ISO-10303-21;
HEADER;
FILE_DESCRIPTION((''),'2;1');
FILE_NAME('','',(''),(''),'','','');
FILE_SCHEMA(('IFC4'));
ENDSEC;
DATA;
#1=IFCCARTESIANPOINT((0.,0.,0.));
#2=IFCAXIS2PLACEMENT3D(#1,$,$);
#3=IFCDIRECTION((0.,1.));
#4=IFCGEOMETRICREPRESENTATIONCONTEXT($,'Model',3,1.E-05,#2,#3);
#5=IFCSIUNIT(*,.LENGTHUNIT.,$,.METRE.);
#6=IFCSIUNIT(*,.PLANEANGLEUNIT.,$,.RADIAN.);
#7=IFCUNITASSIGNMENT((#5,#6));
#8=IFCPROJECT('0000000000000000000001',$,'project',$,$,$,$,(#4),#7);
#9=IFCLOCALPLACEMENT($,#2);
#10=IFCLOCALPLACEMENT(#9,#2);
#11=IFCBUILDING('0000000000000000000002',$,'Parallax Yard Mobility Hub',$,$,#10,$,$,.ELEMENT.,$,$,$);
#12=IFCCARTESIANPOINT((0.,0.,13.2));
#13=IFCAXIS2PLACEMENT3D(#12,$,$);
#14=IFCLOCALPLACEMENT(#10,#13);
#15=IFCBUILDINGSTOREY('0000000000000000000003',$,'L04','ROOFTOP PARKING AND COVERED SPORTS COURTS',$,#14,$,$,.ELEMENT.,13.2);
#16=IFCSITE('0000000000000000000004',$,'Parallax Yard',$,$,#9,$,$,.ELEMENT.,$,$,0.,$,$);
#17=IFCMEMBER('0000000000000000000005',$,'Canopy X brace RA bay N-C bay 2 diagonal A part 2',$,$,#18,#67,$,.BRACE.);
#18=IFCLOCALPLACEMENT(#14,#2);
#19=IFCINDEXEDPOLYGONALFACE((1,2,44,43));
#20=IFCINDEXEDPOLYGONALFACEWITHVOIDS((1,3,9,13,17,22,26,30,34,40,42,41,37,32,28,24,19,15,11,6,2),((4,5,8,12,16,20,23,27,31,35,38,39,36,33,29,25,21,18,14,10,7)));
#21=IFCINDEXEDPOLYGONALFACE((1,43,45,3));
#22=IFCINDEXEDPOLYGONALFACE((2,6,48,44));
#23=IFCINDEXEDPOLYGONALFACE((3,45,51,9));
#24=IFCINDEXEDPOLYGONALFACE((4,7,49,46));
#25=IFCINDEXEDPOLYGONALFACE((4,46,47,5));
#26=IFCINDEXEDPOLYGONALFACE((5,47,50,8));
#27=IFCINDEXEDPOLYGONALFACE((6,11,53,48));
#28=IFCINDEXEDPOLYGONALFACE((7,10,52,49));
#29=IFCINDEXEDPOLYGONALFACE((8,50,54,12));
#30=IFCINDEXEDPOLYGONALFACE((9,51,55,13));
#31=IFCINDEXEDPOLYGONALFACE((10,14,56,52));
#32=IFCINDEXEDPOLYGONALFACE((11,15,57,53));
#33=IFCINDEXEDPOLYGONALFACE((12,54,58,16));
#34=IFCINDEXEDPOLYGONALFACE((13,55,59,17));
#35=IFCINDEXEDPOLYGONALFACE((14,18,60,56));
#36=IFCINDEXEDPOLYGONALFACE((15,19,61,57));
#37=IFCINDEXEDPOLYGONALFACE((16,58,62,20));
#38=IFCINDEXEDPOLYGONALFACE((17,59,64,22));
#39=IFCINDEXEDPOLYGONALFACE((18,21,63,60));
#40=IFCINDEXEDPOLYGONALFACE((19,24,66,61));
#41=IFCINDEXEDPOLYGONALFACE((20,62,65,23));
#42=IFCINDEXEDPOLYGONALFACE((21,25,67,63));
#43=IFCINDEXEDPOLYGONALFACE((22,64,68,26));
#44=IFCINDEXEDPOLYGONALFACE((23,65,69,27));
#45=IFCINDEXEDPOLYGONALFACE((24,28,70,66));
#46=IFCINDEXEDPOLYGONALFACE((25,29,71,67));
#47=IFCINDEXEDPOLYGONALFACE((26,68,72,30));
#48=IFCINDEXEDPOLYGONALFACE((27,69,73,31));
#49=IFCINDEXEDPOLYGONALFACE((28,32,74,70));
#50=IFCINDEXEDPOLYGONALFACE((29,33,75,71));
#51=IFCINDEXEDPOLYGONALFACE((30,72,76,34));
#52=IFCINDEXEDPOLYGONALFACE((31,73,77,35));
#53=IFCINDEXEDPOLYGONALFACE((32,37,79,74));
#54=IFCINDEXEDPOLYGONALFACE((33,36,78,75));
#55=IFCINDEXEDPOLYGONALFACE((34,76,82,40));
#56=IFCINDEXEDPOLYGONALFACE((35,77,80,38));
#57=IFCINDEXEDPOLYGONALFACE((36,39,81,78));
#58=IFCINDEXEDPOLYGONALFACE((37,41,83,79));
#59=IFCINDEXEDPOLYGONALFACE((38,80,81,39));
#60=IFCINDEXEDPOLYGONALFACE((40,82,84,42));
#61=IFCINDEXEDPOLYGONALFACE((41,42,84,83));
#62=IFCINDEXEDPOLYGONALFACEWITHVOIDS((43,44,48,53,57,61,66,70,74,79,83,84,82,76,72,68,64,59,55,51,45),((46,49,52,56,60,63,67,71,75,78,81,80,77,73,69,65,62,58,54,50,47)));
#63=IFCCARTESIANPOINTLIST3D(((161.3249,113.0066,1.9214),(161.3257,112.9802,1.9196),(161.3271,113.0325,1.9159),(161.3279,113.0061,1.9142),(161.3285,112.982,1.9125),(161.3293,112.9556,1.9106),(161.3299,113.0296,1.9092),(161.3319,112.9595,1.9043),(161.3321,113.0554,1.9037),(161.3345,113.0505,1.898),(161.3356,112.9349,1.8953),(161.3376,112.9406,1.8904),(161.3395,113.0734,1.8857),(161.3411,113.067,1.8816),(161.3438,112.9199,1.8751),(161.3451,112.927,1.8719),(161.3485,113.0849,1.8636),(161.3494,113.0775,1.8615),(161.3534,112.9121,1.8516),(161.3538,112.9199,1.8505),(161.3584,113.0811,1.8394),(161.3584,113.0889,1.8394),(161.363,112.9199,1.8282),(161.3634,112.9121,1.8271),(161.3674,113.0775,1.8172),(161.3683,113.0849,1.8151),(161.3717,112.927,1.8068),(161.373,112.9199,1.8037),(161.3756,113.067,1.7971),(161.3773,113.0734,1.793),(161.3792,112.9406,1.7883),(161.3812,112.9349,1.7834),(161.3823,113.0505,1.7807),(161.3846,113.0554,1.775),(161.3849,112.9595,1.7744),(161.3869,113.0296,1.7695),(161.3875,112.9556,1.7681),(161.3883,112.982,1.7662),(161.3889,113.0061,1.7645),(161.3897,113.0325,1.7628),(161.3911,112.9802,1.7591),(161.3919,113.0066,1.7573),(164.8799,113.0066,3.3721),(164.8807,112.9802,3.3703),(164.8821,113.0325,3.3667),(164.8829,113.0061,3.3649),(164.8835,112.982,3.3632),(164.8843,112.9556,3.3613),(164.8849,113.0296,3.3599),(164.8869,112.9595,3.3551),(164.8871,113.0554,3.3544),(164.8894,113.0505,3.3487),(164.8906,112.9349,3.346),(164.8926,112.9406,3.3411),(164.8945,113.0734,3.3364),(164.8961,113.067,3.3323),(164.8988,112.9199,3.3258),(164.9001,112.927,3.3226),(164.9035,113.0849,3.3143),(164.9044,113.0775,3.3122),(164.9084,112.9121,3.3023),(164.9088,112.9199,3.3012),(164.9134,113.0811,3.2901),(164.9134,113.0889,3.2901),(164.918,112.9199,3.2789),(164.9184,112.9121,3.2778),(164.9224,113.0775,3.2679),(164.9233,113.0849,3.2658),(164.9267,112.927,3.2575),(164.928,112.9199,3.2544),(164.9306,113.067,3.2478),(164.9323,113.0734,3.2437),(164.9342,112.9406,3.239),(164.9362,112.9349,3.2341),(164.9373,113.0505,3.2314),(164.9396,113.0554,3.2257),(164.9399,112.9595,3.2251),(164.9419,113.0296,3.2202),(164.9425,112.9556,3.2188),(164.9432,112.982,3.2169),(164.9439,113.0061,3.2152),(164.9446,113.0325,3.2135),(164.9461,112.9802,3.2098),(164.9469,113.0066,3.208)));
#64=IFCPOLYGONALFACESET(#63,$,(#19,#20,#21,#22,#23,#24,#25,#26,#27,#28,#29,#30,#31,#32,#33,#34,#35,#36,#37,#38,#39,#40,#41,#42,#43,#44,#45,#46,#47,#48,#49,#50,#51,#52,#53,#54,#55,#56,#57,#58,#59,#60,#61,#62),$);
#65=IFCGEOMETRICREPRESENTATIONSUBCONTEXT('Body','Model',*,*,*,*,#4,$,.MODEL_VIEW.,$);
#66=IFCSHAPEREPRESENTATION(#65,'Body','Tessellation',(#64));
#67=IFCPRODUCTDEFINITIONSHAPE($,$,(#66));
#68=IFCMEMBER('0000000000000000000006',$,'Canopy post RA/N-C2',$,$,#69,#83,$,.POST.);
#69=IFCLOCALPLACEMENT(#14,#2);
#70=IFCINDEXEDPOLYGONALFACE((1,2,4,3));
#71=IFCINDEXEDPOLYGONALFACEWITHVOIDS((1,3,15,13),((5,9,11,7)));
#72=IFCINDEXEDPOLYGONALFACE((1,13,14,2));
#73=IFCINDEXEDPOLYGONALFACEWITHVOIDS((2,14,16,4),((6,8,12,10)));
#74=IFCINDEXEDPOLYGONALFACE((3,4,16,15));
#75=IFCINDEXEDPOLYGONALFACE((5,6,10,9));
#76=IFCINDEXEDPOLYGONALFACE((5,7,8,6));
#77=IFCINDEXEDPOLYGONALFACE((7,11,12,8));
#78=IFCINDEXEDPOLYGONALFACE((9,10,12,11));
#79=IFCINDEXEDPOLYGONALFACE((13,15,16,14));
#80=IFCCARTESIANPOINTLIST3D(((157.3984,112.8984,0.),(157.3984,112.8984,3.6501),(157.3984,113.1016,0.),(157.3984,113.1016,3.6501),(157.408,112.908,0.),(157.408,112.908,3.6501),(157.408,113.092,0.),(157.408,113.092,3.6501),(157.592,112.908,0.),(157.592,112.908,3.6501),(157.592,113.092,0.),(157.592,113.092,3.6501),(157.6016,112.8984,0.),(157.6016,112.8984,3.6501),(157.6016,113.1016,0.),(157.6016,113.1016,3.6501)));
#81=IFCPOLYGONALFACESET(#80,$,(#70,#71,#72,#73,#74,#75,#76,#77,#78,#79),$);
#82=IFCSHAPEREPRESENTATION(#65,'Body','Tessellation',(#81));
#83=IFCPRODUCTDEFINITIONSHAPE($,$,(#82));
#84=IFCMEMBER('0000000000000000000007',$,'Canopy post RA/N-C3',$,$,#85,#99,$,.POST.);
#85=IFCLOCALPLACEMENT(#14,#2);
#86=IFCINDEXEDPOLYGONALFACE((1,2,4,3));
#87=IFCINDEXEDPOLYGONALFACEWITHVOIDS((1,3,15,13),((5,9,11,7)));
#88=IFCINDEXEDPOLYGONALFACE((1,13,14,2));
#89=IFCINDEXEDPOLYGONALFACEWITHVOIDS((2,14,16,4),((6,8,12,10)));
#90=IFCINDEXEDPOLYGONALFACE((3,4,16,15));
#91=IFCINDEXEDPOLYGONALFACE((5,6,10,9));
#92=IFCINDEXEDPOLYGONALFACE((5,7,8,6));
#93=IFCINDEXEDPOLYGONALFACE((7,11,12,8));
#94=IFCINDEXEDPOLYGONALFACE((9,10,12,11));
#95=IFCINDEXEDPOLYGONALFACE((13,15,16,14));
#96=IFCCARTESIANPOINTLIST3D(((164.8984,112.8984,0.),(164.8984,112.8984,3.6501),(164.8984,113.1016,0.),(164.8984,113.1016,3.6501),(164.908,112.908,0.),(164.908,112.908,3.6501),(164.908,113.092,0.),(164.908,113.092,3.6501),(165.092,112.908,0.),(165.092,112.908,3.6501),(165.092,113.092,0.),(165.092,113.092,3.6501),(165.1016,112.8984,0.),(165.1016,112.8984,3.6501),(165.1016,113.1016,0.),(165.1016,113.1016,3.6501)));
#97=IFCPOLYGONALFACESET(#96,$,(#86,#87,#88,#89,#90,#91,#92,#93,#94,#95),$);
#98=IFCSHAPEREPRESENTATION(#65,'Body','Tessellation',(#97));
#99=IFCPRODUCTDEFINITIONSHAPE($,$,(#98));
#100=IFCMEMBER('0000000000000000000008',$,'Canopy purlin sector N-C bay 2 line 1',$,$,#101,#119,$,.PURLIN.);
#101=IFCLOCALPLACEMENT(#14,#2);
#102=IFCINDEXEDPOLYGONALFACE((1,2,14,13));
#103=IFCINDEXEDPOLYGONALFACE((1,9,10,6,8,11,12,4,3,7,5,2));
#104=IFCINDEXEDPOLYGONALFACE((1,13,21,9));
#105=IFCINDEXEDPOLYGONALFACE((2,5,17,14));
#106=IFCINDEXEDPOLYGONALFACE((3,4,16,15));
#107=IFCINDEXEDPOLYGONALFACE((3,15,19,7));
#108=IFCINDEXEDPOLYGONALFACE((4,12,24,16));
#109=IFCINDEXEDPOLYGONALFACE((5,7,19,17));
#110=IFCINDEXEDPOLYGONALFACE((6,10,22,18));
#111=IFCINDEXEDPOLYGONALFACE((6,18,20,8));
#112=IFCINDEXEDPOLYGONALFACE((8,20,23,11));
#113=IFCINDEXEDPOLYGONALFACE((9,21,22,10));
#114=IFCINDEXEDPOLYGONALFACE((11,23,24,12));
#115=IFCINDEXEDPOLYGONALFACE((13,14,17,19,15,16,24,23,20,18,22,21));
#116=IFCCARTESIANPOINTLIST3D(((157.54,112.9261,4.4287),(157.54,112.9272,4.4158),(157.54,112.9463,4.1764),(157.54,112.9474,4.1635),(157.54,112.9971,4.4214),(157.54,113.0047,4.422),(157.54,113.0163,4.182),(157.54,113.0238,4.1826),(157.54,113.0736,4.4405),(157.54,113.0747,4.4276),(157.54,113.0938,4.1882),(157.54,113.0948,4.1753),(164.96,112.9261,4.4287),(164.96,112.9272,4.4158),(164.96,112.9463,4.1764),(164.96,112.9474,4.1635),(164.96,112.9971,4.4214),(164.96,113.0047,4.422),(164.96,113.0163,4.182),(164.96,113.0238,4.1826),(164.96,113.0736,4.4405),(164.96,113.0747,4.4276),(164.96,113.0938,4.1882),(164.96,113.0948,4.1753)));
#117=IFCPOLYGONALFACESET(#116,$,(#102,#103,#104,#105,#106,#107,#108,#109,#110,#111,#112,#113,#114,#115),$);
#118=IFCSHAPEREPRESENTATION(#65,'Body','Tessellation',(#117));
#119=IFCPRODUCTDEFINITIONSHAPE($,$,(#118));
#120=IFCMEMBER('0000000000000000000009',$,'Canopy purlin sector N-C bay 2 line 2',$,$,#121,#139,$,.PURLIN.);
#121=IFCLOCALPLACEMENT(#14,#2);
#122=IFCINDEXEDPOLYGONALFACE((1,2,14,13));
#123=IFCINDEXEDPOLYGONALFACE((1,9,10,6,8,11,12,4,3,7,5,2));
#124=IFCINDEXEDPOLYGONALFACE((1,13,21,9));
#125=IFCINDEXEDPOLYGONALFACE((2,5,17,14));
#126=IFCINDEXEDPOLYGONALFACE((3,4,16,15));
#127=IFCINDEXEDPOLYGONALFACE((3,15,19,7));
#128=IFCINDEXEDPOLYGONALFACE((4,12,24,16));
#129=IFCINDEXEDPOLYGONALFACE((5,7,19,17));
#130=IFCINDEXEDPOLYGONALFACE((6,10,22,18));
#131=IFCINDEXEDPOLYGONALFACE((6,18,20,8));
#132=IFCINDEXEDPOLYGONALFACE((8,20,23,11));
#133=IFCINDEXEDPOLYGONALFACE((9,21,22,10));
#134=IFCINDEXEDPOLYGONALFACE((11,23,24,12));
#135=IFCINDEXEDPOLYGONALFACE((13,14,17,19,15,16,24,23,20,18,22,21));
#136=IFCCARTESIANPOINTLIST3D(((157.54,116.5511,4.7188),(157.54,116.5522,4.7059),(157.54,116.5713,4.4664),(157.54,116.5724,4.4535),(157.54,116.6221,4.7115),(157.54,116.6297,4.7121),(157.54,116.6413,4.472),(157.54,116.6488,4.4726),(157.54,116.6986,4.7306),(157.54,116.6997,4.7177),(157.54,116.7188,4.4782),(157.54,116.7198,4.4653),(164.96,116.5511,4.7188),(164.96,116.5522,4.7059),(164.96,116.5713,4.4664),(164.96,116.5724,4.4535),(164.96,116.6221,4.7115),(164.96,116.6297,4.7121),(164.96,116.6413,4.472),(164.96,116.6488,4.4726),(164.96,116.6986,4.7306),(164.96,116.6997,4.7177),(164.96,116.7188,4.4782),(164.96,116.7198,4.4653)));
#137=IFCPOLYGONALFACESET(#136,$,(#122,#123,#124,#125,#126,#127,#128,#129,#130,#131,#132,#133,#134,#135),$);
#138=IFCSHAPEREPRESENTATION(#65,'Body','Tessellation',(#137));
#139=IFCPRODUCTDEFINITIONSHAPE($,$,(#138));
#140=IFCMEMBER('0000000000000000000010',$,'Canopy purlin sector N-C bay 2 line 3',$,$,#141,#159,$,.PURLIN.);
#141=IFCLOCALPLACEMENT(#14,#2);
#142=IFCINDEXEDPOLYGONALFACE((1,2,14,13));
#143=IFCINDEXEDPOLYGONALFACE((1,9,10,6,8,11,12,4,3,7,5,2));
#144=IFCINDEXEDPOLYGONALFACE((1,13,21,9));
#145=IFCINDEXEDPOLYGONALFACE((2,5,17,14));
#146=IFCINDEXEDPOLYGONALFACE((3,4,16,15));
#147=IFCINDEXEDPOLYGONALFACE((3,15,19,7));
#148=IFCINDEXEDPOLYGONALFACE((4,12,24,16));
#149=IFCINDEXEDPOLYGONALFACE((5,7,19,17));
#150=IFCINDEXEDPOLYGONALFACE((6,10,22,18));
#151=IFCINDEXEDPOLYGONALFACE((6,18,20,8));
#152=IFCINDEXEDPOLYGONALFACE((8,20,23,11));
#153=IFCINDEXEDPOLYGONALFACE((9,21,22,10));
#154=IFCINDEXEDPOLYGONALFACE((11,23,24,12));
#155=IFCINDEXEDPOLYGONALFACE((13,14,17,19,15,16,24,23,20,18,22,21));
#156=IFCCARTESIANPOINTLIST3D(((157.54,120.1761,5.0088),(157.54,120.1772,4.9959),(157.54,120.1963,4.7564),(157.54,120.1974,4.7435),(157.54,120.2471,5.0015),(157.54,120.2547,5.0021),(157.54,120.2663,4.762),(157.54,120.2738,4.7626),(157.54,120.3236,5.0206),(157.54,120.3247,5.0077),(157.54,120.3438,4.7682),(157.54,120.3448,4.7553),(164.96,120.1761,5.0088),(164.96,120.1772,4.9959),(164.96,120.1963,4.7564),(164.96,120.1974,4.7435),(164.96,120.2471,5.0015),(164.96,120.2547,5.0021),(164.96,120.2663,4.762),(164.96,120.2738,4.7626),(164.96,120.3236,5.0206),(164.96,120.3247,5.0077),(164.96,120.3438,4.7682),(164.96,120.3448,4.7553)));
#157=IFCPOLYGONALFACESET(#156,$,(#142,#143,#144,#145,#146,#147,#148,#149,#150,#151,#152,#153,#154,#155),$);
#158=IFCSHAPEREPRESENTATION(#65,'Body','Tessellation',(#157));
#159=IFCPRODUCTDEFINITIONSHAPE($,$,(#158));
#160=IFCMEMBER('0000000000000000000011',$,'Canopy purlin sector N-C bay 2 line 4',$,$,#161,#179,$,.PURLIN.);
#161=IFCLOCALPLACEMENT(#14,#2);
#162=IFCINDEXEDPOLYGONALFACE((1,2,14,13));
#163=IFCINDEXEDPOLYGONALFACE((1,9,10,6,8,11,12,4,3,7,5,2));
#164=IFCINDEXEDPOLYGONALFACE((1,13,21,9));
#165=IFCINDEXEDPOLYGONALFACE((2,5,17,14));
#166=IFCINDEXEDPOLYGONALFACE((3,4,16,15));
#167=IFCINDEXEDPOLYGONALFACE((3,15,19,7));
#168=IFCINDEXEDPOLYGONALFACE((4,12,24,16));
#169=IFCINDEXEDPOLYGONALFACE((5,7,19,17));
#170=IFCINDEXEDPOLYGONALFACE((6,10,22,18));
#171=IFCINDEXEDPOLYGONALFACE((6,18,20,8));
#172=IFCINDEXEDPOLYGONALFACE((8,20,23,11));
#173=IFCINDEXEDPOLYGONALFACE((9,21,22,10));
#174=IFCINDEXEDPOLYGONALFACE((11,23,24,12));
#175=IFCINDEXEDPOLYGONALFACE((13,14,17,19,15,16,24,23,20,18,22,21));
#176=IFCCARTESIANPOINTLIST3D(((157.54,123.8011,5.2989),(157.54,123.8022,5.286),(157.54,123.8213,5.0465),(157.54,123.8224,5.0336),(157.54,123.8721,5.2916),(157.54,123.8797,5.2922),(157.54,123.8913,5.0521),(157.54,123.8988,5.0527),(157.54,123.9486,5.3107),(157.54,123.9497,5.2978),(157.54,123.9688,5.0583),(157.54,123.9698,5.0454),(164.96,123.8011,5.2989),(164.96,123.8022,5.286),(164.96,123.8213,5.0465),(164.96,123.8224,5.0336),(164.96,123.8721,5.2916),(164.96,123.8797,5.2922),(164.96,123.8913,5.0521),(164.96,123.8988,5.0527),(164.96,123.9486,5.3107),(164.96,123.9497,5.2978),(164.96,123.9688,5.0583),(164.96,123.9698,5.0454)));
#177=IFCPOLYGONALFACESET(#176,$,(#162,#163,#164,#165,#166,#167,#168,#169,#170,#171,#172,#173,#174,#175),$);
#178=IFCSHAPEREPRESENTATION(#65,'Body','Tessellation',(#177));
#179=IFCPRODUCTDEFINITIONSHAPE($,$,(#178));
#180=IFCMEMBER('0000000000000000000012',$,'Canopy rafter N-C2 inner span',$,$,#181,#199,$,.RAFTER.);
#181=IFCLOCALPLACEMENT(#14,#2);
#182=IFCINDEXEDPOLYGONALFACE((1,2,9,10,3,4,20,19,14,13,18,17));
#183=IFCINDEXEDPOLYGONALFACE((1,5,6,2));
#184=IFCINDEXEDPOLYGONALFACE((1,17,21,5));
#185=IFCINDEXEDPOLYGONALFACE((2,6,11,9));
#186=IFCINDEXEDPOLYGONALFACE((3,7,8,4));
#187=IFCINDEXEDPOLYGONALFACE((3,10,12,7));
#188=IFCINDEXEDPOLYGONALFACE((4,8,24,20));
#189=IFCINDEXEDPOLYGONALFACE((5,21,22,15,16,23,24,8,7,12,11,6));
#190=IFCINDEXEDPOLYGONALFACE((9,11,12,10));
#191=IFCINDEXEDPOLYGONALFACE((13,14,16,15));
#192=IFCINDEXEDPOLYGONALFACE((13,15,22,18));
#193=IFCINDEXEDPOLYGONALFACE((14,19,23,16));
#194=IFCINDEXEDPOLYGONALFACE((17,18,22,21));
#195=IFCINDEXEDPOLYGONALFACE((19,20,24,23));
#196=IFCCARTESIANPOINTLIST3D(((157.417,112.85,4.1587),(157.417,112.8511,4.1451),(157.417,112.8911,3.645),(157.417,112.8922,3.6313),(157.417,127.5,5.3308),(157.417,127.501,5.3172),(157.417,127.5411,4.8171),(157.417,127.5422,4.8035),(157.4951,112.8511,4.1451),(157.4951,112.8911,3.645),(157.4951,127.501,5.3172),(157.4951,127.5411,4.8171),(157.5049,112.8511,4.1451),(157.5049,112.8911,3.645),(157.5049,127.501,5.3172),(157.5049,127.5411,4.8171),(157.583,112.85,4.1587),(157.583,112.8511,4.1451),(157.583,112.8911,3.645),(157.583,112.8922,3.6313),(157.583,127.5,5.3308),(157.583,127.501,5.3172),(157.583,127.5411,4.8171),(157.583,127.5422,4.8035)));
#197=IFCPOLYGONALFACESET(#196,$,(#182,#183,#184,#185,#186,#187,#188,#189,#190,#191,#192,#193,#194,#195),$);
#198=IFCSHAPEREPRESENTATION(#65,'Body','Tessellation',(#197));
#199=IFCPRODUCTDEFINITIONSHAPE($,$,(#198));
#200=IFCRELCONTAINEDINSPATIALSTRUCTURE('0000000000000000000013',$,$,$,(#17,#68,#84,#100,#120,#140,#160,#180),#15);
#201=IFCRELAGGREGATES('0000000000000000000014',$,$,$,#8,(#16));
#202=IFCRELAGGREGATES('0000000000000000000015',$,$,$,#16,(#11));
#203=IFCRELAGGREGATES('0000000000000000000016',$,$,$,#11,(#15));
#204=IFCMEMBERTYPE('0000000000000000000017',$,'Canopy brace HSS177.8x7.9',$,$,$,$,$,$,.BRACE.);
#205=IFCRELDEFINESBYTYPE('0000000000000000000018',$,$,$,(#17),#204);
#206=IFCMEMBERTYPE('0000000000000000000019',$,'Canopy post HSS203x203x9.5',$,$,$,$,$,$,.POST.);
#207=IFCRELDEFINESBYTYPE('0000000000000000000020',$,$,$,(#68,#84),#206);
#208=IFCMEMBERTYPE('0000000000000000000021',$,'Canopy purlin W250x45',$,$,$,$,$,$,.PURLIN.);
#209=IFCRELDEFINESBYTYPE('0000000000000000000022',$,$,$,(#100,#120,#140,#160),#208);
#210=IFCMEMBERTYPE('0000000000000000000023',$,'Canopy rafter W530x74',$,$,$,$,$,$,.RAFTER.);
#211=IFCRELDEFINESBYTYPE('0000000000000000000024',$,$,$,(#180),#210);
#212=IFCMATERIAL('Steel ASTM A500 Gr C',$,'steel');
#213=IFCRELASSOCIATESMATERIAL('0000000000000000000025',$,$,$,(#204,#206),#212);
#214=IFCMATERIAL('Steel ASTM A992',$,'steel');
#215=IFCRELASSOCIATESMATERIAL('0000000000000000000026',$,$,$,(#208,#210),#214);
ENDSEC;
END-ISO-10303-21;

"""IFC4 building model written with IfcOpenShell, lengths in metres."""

from ifc_helpers import new_model, si_unit, direction, frame, origin, origin_2d, place, context, subcontext, project, spatial, hollow_rectangle, hollow_circle, i_section, extrude, material, material_profile, profile_set, type_object, element, save


model = new_model("IFC4")

# Units and contexts
model_context = context("Model", 3, precision=1e-05, world=origin(), true_north=direction((0.0, 1.0)))
body_context = subcontext(model_context, "Body", "Model", "MODEL_VIEW")
ifc_project = project(units=[si_unit("LENGTHUNIT", "METRE"), si_unit("PLANEANGLEUNIT", "RADIAN")], contexts=[model_context])

# Site, building, storey
site_placement = place(None, origin())
site = spatial("IfcSite", under=ifc_project, at=site_placement, Name="Parallax Yard", CompositionType="ELEMENT", RefElevation=0.0)
building_placement = place(site_placement, origin())
building = spatial("IfcBuilding", under=site, at=building_placement, Name="Parallax Yard Mobility Hub", CompositionType="ELEMENT")
storey_placement = place(building_placement, frame((0.0, 0.0, 13.2)))
storey = spatial("IfcBuildingStorey", under=building, at=storey_placement, Name="L04", Description="ROOFTOP PARKING AND COVERED SPORTS COURTS", CompositionType="ELEMENT", Elevation=13.2)

# Members
ifc_material_1 = material(Name="Steel ASTM A500 Gr C", Category="steel")
ifc_material_profile_1 = material_profile(ifc_material_1, hollow_circle(Radius=0.0889, WallThickness=0.0078, at=origin_2d()), Name="HSS177.8x7.9")
ifc_profile_set_1 = profile_set([ifc_material_profile_1], Name="Steel ASTM A500 Gr C")
member_type_1 = type_object("IfcMemberType", Name="Canopy brace HSS177.8x7.9", PredefinedType="BRACE", material=ifc_profile_set_1)
for number, where, z_axis, x_axis, name in (
    (1, (161.3584, 113.0, 1.8394), (0.925876, 0.0, 0.377828), (0.0, 1.0, 0.0), "Canopy X brace RA bay N-C bay 2 diagonal A part 2"),
):
    element("IfcMember", number, at=place(storey_placement, frame(where, z_axis=z_axis, x_axis=x_axis)), inside=storey, type_object=member_type_1, Name=name, PredefinedType="BRACE", context=body_context, shape_type="SweptSolid", body=[
        extrude(hollow_circle(Radius=0.0889, WallThickness=0.0078, at=origin_2d()), origin(), (0.0, 0.0, 1.0), 3.8396),
    ])
ifc_material_profile_2 = material_profile(ifc_material_1, hollow_rectangle(XDim=0.2031, YDim=0.2031, WallThickness=0.0095, at=origin_2d()), Name="HSS203x203x9.5")
ifc_profile_set_2 = profile_set([ifc_material_profile_2], Name="Steel ASTM A500 Gr C")
member_type_2 = type_object("IfcMemberType", Name="Canopy post HSS203x203x9.5", PredefinedType="POST", material=ifc_profile_set_2)
for number, where, z_axis, x_axis, name in (
    (2, (157.5, 113.0, 0.0), (0.0, 0.0, 1.0), (1.0, 0.0, 0.0), "Canopy post RA/N-C2"),
    (3, (165.0, 113.0, 0.0), (0.0, 0.0, 1.0), (1.0, 0.0, 0.0), "Canopy post RA/N-C3"),
):
    element("IfcMember", number, at=place(storey_placement, frame(where, z_axis=z_axis, x_axis=x_axis)), inside=storey, type_object=member_type_2, Name=name, PredefinedType="POST", context=body_context, shape_type="SweptSolid", body=[
        extrude(hollow_rectangle(XDim=0.2031, YDim=0.2031, WallThickness=0.0095, at=origin_2d()), origin(), (0.0, 0.0, 1.0), 3.6501),
    ])
ifc_material_2 = material(Name="Steel ASTM A992", Category="steel")
ifc_material_profile_3 = material_profile(ifc_material_2, i_section(OverallWidth=0.1479, OverallDepth=0.2661, WebThickness=0.0076, FlangeThickness=0.0129, at=origin_2d()), Name="W250x45")
ifc_profile_set_3 = profile_set([ifc_material_profile_3], Name="Steel ASTM A992")
member_type_3 = type_object("IfcMemberType", Name="Canopy purlin W250x45", PredefinedType="PURLIN", material=ifc_profile_set_3)
for number, where, z_axis, x_axis, name in (
    (4, (157.54, 113.0105, 4.302), (1.0, 0.0, 0.0), (0.0, 0.996815, 0.079745), "Canopy purlin sector N-C bay 2 line 1"),
    (5, (157.54, 116.6355, 4.592), (1.0, 0.0, 0.0), (0.0, 0.996815, 0.079745), "Canopy purlin sector N-C bay 2 line 2"),
    (6, (157.54, 120.2605, 4.8821), (1.0, 0.0, 0.0), (0.0, 0.996815, 0.079745), "Canopy purlin sector N-C bay 2 line 3"),
    (7, (157.54, 123.8855, 5.1721), (1.0, 0.0, 0.0), (0.0, 0.996815, 0.079745), "Canopy purlin sector N-C bay 2 line 4"),
):
    element("IfcMember", number, at=place(storey_placement, frame(where, z_axis=z_axis, x_axis=x_axis)), inside=storey, type_object=member_type_3, Name=name, PredefinedType="PURLIN", context=body_context, shape_type="SweptSolid", body=[
        extrude(i_section(OverallWidth=0.1479, OverallDepth=0.2661, WebThickness=0.0076, FlangeThickness=0.0129, at=origin_2d()), origin(), (0.0, 0.0, 1.0), 7.4199),
    ])
ifc_material_profile_4 = material_profile(ifc_material_2, i_section(OverallWidth=0.166, OverallDepth=0.5291, WebThickness=0.0098, FlangeThickness=0.0137, at=origin_2d()), Name="W530x74")
ifc_profile_set_4 = profile_set([ifc_material_profile_4], Name="Steel ASTM A992")
member_type_4 = type_object("IfcMemberType", Name="Canopy rafter W530x74", PredefinedType="RAFTER", material=ifc_profile_set_4)
for number, where, z_axis, x_axis, name in (
    (8, (157.5, 112.8711, 3.895), (0.0, 0.996815, 0.079754), (-1.0, 0.0, 0.0), "Canopy rafter N-C2 inner span"),
):
    element("IfcMember", number, at=place(storey_placement, frame(where, z_axis=z_axis, x_axis=x_axis)), inside=storey, type_object=member_type_4, Name=name, PredefinedType="RAFTER", context=body_context, shape_type="SweptSolid", body=[
        extrude(i_section(OverallWidth=0.166, OverallDepth=0.5291, WebThickness=0.0098, FlangeThickness=0.0137, at=origin_2d()), origin(), (0.0, 0.0, 1.0), 14.6968),
    ])

save(model, "model.ifc")
